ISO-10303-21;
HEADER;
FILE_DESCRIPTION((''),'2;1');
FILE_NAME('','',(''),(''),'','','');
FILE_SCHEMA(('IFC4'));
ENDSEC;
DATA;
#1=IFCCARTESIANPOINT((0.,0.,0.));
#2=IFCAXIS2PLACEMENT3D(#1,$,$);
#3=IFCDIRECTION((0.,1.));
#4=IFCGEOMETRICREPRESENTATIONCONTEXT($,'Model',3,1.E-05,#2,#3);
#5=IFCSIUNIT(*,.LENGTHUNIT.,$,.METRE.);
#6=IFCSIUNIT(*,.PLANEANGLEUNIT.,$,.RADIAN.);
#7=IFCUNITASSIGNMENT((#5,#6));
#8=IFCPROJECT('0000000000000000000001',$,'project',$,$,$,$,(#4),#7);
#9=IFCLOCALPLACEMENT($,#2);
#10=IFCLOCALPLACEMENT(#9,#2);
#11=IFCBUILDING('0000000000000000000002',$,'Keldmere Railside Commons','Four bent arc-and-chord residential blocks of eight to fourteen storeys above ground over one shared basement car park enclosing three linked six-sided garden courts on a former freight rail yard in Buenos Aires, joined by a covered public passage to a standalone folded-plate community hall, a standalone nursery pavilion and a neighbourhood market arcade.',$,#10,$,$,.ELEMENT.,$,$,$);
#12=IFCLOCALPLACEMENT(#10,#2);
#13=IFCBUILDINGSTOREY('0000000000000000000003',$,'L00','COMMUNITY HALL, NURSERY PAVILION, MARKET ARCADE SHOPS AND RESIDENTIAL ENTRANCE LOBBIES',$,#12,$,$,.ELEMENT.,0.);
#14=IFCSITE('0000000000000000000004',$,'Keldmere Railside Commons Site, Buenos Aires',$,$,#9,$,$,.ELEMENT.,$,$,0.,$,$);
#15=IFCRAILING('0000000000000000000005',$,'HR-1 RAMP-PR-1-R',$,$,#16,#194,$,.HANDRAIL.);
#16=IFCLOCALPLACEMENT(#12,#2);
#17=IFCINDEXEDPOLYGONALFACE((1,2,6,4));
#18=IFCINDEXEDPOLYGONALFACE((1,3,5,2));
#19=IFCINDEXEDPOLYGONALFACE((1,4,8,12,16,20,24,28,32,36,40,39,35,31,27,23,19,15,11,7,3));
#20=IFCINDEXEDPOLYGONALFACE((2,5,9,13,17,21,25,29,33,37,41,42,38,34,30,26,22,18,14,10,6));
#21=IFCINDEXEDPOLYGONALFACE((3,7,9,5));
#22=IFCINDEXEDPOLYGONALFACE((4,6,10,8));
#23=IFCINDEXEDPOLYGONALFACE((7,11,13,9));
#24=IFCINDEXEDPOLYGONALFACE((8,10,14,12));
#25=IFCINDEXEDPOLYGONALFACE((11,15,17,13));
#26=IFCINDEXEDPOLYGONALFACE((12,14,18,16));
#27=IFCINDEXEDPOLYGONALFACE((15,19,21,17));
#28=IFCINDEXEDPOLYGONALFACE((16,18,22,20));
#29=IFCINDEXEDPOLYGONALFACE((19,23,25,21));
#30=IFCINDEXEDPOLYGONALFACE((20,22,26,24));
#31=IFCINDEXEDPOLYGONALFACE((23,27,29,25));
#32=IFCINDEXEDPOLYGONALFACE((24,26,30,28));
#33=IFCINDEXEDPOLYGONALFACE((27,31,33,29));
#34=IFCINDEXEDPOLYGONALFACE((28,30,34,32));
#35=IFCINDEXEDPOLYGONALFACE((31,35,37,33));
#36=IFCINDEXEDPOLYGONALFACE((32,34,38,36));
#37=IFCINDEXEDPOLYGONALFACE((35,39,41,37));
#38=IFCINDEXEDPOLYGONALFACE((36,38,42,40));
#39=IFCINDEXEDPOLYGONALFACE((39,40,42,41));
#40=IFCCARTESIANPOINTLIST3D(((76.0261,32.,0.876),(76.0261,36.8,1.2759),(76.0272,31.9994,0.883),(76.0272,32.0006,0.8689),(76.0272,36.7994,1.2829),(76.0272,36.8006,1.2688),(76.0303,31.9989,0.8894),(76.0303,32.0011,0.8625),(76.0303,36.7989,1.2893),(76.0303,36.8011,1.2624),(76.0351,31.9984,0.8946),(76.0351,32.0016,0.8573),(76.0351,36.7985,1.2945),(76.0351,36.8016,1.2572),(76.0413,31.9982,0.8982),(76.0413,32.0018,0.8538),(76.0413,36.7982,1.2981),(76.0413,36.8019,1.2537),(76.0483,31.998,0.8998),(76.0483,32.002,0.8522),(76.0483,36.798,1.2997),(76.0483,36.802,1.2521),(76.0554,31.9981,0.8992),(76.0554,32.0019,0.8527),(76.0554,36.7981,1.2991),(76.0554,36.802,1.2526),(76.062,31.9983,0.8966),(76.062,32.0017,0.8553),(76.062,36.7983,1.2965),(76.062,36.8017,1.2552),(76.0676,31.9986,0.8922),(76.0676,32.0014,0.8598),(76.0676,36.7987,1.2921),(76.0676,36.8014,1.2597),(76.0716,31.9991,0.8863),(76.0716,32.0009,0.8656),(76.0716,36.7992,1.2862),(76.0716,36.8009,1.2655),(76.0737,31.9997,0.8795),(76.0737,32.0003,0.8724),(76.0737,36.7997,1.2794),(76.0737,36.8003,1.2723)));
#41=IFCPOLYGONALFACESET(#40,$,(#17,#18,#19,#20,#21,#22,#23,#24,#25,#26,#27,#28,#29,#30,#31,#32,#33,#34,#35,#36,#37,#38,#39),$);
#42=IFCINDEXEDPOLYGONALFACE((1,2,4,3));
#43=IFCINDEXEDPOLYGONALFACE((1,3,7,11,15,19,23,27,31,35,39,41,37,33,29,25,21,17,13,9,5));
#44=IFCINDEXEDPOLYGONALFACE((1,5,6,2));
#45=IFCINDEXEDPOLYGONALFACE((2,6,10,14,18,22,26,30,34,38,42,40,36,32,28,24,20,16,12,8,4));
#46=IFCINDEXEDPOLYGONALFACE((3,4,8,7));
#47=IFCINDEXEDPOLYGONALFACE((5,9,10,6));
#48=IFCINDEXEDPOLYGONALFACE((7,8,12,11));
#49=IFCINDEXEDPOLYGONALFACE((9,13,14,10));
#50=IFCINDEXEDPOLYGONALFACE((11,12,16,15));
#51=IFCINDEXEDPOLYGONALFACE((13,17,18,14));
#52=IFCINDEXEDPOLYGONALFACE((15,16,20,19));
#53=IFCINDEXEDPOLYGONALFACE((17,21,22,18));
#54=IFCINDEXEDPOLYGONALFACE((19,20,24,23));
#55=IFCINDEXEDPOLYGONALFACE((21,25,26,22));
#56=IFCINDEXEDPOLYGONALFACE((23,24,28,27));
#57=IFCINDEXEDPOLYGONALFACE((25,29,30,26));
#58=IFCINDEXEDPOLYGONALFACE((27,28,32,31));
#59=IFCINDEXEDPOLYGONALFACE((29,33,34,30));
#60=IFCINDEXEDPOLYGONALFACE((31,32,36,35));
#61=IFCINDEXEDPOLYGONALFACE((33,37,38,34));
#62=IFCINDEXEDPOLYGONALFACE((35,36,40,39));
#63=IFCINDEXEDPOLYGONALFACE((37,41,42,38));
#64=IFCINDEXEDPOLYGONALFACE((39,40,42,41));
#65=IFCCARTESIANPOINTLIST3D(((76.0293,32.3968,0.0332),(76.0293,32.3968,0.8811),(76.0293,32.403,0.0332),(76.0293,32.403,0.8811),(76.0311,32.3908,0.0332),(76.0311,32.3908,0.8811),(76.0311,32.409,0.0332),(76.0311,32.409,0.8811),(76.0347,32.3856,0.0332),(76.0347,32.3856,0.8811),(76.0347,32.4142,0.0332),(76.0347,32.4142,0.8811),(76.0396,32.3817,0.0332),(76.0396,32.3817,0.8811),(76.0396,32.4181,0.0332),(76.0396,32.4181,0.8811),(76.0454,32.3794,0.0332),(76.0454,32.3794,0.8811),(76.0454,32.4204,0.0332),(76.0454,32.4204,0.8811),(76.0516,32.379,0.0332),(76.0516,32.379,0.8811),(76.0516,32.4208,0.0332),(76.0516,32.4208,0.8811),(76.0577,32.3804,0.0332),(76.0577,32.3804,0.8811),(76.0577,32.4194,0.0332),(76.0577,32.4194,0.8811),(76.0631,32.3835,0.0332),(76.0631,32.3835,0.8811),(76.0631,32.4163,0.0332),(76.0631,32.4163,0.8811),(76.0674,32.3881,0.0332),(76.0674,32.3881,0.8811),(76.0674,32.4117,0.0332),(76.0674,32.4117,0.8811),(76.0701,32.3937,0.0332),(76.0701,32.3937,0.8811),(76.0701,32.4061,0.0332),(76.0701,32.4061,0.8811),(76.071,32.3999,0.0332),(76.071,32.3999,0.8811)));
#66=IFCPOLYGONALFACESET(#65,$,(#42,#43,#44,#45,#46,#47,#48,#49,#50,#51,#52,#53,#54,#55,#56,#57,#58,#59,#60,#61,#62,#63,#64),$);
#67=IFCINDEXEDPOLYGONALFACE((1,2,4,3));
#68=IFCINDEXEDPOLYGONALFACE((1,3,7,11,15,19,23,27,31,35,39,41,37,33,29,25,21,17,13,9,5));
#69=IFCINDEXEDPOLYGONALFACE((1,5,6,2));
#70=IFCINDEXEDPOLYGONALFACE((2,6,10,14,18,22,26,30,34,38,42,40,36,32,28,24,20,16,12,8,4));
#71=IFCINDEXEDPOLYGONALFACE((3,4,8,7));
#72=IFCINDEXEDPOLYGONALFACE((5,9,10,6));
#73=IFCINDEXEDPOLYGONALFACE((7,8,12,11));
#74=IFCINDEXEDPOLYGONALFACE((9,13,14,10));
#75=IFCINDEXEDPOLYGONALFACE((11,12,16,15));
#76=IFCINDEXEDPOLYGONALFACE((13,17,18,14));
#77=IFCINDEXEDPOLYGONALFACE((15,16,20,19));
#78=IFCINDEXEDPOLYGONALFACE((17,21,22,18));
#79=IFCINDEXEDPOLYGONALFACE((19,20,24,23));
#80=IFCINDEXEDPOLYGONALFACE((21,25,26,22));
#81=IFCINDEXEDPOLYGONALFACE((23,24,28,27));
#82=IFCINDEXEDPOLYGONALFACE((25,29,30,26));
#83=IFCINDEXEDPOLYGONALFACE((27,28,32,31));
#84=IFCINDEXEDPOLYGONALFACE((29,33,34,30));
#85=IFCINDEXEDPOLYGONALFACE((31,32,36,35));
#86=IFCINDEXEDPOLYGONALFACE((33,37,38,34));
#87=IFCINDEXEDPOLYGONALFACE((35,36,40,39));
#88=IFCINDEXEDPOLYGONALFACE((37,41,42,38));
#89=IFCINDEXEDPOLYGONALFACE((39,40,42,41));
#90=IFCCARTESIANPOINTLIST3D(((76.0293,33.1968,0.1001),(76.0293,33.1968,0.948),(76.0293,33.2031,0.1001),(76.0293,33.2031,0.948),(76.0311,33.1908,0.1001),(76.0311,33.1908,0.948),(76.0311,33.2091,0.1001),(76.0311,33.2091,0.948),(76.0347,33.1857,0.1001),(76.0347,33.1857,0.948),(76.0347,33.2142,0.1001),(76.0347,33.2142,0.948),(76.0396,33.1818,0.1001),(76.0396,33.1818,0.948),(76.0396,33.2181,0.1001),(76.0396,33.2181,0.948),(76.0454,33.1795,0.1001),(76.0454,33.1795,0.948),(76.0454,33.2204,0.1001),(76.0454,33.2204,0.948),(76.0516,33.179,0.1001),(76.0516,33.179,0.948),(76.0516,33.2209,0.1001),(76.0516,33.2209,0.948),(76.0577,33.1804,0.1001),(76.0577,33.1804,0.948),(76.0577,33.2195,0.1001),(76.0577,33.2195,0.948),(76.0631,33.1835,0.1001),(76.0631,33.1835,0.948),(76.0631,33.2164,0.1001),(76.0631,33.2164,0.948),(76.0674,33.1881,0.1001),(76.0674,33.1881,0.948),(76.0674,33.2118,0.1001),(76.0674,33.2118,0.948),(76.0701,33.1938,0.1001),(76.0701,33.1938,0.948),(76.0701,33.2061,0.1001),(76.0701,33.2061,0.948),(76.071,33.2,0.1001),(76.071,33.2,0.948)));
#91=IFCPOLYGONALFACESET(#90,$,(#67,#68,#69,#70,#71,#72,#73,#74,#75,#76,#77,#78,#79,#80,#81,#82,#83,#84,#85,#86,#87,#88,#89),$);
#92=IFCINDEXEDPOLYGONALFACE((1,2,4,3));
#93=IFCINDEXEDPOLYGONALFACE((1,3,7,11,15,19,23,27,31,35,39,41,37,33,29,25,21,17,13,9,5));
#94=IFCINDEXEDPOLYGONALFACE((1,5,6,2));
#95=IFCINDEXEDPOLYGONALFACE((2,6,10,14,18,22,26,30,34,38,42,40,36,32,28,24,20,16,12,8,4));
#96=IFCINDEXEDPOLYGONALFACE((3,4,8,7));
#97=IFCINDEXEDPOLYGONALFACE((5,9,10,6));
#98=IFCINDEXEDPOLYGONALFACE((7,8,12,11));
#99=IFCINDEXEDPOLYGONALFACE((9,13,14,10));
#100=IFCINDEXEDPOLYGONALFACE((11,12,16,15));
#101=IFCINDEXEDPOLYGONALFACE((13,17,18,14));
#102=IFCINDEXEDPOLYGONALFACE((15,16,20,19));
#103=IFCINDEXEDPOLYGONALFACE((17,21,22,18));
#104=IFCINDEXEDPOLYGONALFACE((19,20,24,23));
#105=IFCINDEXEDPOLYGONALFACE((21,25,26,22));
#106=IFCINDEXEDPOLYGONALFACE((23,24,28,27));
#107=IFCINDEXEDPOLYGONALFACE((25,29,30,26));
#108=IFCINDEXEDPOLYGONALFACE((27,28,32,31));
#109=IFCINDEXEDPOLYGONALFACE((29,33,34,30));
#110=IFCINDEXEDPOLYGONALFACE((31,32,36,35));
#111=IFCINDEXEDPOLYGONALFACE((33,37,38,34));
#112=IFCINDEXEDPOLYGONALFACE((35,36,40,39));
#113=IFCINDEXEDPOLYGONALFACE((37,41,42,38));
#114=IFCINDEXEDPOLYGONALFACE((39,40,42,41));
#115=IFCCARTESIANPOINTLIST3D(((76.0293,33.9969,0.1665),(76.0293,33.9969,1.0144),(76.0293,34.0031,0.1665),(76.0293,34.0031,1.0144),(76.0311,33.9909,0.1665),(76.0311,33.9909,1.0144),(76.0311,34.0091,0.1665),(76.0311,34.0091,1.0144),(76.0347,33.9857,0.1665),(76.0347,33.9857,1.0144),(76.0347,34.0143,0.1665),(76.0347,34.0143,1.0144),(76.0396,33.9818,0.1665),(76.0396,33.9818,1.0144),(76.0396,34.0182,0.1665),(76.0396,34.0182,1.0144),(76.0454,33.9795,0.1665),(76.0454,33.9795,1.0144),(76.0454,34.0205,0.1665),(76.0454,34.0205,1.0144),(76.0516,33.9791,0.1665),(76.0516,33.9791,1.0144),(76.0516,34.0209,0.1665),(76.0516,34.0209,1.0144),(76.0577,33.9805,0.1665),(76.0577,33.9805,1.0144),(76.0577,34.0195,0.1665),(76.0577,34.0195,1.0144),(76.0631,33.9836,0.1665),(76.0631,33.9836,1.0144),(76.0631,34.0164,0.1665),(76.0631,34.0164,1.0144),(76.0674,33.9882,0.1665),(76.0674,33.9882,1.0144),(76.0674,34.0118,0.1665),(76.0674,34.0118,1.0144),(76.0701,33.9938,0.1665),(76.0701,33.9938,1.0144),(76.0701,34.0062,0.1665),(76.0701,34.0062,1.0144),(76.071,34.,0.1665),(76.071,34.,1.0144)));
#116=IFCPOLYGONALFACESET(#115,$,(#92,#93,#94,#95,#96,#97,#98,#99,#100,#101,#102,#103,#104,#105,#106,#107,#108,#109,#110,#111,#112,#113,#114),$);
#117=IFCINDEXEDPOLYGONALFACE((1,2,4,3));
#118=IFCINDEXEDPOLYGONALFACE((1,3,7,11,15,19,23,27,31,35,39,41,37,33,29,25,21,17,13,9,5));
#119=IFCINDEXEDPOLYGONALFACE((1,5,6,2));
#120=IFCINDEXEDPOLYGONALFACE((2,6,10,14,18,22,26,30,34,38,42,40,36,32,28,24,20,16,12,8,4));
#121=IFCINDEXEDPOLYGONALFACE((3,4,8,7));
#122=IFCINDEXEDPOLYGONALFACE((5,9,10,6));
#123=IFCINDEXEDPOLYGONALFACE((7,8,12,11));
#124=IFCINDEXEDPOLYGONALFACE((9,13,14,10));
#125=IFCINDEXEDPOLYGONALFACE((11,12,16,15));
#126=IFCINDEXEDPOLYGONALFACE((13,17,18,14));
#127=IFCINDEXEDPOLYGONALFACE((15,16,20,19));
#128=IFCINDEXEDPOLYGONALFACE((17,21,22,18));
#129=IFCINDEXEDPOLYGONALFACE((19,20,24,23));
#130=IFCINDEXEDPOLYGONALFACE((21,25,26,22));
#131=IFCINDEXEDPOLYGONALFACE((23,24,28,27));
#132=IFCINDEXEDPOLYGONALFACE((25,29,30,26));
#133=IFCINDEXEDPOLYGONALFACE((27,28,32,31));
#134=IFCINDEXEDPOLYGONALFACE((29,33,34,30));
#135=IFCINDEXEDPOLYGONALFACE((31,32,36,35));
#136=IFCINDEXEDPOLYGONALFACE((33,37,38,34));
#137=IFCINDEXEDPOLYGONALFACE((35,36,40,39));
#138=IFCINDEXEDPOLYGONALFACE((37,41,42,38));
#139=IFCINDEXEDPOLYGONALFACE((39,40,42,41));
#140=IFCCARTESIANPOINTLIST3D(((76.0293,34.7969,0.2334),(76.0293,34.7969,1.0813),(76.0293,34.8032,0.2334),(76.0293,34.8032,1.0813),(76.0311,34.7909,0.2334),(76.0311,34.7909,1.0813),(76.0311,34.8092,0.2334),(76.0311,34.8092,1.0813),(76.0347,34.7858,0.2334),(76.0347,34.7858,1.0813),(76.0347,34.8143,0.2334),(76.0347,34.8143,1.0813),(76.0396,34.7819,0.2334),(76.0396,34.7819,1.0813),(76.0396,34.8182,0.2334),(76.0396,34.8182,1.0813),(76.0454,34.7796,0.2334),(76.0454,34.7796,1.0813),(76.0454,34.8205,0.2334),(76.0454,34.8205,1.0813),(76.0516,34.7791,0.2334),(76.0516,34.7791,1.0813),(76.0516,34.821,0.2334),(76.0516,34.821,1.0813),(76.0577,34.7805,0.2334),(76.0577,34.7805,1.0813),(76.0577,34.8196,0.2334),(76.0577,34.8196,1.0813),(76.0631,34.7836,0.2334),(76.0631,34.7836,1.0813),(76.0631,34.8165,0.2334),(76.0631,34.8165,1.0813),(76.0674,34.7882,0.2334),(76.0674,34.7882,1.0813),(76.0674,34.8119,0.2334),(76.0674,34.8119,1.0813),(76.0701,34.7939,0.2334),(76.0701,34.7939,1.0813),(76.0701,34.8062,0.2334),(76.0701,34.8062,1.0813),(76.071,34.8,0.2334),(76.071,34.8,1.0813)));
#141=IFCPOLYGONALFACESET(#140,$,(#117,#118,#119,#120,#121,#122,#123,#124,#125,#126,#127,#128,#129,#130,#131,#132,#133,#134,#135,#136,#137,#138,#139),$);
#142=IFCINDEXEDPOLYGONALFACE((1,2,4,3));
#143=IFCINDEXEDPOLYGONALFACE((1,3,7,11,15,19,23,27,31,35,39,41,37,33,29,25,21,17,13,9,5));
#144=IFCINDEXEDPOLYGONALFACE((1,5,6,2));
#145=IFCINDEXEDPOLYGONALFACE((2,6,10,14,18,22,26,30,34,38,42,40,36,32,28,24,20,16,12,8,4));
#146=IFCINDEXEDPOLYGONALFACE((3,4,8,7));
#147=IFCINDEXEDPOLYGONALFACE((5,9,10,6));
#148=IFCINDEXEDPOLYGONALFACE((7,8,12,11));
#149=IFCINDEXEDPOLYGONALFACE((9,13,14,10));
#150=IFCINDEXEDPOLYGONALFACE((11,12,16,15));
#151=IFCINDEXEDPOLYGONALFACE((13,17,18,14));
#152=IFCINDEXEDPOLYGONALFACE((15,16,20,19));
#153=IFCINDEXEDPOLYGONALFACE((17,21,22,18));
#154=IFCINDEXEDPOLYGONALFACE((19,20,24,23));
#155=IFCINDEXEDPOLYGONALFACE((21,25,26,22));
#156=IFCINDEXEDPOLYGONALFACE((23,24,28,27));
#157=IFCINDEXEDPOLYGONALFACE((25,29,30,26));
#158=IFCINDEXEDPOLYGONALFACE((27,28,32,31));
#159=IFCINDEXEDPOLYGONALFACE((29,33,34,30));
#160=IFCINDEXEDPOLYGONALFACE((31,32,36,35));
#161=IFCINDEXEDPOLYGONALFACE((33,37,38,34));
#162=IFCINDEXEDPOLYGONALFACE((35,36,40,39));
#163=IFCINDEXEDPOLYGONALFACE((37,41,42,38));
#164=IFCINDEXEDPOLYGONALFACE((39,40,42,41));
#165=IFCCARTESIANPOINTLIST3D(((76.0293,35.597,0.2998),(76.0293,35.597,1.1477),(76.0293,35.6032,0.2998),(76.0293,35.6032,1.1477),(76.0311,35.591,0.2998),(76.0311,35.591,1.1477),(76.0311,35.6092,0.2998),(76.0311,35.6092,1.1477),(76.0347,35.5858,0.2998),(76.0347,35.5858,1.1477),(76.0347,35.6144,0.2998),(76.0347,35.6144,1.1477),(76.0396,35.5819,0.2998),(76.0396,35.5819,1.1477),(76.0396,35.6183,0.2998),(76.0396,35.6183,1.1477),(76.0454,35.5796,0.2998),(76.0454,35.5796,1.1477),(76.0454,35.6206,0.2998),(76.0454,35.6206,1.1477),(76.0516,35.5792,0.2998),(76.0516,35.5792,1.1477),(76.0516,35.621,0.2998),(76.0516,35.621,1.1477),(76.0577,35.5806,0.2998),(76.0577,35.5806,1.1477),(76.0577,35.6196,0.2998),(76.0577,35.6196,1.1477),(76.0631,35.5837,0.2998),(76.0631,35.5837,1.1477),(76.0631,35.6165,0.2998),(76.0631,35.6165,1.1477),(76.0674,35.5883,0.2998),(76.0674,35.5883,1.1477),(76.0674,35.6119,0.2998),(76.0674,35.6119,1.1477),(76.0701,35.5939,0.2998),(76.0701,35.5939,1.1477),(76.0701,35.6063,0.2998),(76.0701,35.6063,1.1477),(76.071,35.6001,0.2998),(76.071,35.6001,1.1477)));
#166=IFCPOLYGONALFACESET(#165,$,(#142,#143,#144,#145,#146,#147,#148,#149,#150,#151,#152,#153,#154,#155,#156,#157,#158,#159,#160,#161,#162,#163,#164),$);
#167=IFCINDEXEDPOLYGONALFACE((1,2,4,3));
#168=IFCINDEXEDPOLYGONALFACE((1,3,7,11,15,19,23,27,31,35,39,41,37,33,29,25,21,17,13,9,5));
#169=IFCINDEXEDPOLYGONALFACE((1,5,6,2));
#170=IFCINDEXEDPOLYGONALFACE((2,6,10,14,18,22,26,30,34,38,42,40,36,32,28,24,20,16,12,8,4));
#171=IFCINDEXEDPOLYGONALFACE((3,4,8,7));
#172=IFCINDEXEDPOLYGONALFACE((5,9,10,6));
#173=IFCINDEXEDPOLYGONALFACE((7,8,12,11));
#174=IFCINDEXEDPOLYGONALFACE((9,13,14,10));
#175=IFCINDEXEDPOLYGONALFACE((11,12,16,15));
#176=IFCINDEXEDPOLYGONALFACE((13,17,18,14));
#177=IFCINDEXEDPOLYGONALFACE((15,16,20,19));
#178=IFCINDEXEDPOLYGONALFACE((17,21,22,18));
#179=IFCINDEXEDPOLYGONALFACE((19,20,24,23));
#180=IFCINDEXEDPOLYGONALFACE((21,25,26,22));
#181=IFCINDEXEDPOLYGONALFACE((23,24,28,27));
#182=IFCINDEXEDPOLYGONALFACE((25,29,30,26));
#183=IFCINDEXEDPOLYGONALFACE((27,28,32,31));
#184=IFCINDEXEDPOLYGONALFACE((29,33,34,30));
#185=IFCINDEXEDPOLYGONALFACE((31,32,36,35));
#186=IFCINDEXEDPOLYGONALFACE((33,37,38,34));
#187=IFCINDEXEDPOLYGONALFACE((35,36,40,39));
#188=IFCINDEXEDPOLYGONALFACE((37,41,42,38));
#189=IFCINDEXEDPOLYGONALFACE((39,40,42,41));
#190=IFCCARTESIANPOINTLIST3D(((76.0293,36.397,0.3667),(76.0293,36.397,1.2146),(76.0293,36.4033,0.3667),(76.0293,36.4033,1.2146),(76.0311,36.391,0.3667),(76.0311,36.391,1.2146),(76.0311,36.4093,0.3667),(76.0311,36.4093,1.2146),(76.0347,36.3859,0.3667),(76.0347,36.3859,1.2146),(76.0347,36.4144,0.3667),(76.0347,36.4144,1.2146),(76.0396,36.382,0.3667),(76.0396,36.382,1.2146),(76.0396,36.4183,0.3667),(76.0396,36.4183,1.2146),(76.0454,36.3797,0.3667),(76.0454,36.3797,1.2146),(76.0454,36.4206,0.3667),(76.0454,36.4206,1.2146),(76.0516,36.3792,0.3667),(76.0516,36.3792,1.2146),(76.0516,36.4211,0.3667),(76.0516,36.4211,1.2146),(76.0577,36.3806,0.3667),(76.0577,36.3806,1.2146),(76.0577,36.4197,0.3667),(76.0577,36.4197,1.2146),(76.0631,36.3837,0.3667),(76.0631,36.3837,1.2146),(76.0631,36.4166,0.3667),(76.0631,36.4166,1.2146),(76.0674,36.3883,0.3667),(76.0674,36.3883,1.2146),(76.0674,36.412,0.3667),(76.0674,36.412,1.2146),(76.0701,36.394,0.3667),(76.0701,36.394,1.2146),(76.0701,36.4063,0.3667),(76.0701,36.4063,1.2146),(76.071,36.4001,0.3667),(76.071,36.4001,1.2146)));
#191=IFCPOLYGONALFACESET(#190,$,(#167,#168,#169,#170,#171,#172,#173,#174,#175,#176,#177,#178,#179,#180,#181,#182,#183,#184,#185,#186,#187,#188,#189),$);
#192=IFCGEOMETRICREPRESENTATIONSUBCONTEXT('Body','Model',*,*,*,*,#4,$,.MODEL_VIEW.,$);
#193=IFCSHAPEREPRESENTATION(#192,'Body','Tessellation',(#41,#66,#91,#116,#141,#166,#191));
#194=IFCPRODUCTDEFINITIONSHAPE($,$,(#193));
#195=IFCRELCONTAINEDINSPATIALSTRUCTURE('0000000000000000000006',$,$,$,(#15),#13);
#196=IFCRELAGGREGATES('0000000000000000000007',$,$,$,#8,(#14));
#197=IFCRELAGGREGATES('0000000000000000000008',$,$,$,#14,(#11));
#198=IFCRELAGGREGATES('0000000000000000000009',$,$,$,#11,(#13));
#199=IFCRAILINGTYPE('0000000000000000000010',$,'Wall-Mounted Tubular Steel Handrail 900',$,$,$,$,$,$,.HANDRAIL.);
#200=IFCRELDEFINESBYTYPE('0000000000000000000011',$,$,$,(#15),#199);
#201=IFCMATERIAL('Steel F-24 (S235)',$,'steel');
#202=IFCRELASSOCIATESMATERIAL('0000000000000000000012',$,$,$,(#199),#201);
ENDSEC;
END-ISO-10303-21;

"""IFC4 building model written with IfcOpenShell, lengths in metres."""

from ifc_helpers import new_model, si_unit, direction, frame, origin, origin_2d, place, context, subcontext, project, spatial, circle, extrude, material, type_object, element, save


model = new_model("IFC4")

# Units and contexts
model_context = context("Model", 3, precision=1e-05, world=origin(), true_north=direction((0.0, 1.0)))
body_context = subcontext(model_context, "Body", "Model", "MODEL_VIEW")
ifc_project = project(units=[si_unit("LENGTHUNIT", "METRE"), si_unit("PLANEANGLEUNIT", "RADIAN")], contexts=[model_context])

# Site, building, storey
site_placement = place(None, origin())
site = spatial("IfcSite", under=ifc_project, at=site_placement, Name="Keldmere Railside Commons Site, Buenos Aires", CompositionType="ELEMENT", RefElevation=0.0)
building_placement = place(site_placement, origin())
building = spatial("IfcBuilding", under=site, at=building_placement, Name="Keldmere Railside Commons", Description="Four bent arc-and-chord residential blocks of eight to fourteen storeys above ground over one shared basement car park enclosing three linked six-sided garden courts on a former freight rail yard in Buenos Aires, joined by a covered public passage to a standalone folded-plate community hall, a standalone nursery pavilion and a neighbourhood market arcade.", CompositionType="ELEMENT")
storey_placement = place(building_placement, origin())
storey = spatial("IfcBuildingStorey", under=building, at=storey_placement, Name="L00", Description="COMMUNITY HALL, NURSERY PAVILION, MARKET ARCADE SHOPS AND RESIDENTIAL ENTRANCE LOBBIES", CompositionType="ELEMENT", Elevation=0.0)

# Railing
ifc_material_1 = material(Name="Steel F-24 (S235)", Category="steel")
railing_type_1 = type_object("IfcRailingType", Name="Wall-Mounted Tubular Steel Handrail 900", PredefinedType="HANDRAIL", material=ifc_material_1)
for number, where, name in (
    (1, (76.05, 32.0, 0.0), "HR-1 RAMP-PR-1-R"),
):
    element("IfcRailing", number, at=place(storey_placement, frame(where)), inside=storey, type_object=railing_type_1, Name=name, PredefinedType="HANDRAIL", context=body_context, shape_type="SweptSolid", body=[
        extrude(circle(Radius=0.0239, at=origin_2d()), frame((0.0, 0.0, 0.876), z_axis=(0.0, 0.996548, 0.083025), x_axis=(-1.0, 0.0, 0.0)), (0.0, 0.0, 1.0), 4.8167),
        extrude(circle(Radius=0.021, at=origin_2d()), frame((0.0, 0.3999, 0.0332)), (0.0, 0.0, 1.0), 0.8479),
        extrude(circle(Radius=0.021, at=origin_2d()), frame((0.0, 1.2, 0.1001)), (0.0, 0.0, 1.0), 0.8479),
        extrude(circle(Radius=0.021, at=origin_2d()), frame((0.0, 2.0, 0.1665)), (0.0, 0.0, 1.0), 0.8479),
        extrude(circle(Radius=0.021, at=origin_2d()), frame((0.0, 2.8, 0.2334)), (0.0, 0.0, 1.0), 0.8479),
        extrude(circle(Radius=0.021, at=origin_2d()), frame((0.0, 3.6001, 0.2998)), (0.0, 0.0, 1.0), 0.8479),
        extrude(circle(Radius=0.021, at=origin_2d()), frame((0.0, 4.4001, 0.3667)), (0.0, 0.0, 1.0), 0.8479),
    ])

save(model, "model.ifc")
